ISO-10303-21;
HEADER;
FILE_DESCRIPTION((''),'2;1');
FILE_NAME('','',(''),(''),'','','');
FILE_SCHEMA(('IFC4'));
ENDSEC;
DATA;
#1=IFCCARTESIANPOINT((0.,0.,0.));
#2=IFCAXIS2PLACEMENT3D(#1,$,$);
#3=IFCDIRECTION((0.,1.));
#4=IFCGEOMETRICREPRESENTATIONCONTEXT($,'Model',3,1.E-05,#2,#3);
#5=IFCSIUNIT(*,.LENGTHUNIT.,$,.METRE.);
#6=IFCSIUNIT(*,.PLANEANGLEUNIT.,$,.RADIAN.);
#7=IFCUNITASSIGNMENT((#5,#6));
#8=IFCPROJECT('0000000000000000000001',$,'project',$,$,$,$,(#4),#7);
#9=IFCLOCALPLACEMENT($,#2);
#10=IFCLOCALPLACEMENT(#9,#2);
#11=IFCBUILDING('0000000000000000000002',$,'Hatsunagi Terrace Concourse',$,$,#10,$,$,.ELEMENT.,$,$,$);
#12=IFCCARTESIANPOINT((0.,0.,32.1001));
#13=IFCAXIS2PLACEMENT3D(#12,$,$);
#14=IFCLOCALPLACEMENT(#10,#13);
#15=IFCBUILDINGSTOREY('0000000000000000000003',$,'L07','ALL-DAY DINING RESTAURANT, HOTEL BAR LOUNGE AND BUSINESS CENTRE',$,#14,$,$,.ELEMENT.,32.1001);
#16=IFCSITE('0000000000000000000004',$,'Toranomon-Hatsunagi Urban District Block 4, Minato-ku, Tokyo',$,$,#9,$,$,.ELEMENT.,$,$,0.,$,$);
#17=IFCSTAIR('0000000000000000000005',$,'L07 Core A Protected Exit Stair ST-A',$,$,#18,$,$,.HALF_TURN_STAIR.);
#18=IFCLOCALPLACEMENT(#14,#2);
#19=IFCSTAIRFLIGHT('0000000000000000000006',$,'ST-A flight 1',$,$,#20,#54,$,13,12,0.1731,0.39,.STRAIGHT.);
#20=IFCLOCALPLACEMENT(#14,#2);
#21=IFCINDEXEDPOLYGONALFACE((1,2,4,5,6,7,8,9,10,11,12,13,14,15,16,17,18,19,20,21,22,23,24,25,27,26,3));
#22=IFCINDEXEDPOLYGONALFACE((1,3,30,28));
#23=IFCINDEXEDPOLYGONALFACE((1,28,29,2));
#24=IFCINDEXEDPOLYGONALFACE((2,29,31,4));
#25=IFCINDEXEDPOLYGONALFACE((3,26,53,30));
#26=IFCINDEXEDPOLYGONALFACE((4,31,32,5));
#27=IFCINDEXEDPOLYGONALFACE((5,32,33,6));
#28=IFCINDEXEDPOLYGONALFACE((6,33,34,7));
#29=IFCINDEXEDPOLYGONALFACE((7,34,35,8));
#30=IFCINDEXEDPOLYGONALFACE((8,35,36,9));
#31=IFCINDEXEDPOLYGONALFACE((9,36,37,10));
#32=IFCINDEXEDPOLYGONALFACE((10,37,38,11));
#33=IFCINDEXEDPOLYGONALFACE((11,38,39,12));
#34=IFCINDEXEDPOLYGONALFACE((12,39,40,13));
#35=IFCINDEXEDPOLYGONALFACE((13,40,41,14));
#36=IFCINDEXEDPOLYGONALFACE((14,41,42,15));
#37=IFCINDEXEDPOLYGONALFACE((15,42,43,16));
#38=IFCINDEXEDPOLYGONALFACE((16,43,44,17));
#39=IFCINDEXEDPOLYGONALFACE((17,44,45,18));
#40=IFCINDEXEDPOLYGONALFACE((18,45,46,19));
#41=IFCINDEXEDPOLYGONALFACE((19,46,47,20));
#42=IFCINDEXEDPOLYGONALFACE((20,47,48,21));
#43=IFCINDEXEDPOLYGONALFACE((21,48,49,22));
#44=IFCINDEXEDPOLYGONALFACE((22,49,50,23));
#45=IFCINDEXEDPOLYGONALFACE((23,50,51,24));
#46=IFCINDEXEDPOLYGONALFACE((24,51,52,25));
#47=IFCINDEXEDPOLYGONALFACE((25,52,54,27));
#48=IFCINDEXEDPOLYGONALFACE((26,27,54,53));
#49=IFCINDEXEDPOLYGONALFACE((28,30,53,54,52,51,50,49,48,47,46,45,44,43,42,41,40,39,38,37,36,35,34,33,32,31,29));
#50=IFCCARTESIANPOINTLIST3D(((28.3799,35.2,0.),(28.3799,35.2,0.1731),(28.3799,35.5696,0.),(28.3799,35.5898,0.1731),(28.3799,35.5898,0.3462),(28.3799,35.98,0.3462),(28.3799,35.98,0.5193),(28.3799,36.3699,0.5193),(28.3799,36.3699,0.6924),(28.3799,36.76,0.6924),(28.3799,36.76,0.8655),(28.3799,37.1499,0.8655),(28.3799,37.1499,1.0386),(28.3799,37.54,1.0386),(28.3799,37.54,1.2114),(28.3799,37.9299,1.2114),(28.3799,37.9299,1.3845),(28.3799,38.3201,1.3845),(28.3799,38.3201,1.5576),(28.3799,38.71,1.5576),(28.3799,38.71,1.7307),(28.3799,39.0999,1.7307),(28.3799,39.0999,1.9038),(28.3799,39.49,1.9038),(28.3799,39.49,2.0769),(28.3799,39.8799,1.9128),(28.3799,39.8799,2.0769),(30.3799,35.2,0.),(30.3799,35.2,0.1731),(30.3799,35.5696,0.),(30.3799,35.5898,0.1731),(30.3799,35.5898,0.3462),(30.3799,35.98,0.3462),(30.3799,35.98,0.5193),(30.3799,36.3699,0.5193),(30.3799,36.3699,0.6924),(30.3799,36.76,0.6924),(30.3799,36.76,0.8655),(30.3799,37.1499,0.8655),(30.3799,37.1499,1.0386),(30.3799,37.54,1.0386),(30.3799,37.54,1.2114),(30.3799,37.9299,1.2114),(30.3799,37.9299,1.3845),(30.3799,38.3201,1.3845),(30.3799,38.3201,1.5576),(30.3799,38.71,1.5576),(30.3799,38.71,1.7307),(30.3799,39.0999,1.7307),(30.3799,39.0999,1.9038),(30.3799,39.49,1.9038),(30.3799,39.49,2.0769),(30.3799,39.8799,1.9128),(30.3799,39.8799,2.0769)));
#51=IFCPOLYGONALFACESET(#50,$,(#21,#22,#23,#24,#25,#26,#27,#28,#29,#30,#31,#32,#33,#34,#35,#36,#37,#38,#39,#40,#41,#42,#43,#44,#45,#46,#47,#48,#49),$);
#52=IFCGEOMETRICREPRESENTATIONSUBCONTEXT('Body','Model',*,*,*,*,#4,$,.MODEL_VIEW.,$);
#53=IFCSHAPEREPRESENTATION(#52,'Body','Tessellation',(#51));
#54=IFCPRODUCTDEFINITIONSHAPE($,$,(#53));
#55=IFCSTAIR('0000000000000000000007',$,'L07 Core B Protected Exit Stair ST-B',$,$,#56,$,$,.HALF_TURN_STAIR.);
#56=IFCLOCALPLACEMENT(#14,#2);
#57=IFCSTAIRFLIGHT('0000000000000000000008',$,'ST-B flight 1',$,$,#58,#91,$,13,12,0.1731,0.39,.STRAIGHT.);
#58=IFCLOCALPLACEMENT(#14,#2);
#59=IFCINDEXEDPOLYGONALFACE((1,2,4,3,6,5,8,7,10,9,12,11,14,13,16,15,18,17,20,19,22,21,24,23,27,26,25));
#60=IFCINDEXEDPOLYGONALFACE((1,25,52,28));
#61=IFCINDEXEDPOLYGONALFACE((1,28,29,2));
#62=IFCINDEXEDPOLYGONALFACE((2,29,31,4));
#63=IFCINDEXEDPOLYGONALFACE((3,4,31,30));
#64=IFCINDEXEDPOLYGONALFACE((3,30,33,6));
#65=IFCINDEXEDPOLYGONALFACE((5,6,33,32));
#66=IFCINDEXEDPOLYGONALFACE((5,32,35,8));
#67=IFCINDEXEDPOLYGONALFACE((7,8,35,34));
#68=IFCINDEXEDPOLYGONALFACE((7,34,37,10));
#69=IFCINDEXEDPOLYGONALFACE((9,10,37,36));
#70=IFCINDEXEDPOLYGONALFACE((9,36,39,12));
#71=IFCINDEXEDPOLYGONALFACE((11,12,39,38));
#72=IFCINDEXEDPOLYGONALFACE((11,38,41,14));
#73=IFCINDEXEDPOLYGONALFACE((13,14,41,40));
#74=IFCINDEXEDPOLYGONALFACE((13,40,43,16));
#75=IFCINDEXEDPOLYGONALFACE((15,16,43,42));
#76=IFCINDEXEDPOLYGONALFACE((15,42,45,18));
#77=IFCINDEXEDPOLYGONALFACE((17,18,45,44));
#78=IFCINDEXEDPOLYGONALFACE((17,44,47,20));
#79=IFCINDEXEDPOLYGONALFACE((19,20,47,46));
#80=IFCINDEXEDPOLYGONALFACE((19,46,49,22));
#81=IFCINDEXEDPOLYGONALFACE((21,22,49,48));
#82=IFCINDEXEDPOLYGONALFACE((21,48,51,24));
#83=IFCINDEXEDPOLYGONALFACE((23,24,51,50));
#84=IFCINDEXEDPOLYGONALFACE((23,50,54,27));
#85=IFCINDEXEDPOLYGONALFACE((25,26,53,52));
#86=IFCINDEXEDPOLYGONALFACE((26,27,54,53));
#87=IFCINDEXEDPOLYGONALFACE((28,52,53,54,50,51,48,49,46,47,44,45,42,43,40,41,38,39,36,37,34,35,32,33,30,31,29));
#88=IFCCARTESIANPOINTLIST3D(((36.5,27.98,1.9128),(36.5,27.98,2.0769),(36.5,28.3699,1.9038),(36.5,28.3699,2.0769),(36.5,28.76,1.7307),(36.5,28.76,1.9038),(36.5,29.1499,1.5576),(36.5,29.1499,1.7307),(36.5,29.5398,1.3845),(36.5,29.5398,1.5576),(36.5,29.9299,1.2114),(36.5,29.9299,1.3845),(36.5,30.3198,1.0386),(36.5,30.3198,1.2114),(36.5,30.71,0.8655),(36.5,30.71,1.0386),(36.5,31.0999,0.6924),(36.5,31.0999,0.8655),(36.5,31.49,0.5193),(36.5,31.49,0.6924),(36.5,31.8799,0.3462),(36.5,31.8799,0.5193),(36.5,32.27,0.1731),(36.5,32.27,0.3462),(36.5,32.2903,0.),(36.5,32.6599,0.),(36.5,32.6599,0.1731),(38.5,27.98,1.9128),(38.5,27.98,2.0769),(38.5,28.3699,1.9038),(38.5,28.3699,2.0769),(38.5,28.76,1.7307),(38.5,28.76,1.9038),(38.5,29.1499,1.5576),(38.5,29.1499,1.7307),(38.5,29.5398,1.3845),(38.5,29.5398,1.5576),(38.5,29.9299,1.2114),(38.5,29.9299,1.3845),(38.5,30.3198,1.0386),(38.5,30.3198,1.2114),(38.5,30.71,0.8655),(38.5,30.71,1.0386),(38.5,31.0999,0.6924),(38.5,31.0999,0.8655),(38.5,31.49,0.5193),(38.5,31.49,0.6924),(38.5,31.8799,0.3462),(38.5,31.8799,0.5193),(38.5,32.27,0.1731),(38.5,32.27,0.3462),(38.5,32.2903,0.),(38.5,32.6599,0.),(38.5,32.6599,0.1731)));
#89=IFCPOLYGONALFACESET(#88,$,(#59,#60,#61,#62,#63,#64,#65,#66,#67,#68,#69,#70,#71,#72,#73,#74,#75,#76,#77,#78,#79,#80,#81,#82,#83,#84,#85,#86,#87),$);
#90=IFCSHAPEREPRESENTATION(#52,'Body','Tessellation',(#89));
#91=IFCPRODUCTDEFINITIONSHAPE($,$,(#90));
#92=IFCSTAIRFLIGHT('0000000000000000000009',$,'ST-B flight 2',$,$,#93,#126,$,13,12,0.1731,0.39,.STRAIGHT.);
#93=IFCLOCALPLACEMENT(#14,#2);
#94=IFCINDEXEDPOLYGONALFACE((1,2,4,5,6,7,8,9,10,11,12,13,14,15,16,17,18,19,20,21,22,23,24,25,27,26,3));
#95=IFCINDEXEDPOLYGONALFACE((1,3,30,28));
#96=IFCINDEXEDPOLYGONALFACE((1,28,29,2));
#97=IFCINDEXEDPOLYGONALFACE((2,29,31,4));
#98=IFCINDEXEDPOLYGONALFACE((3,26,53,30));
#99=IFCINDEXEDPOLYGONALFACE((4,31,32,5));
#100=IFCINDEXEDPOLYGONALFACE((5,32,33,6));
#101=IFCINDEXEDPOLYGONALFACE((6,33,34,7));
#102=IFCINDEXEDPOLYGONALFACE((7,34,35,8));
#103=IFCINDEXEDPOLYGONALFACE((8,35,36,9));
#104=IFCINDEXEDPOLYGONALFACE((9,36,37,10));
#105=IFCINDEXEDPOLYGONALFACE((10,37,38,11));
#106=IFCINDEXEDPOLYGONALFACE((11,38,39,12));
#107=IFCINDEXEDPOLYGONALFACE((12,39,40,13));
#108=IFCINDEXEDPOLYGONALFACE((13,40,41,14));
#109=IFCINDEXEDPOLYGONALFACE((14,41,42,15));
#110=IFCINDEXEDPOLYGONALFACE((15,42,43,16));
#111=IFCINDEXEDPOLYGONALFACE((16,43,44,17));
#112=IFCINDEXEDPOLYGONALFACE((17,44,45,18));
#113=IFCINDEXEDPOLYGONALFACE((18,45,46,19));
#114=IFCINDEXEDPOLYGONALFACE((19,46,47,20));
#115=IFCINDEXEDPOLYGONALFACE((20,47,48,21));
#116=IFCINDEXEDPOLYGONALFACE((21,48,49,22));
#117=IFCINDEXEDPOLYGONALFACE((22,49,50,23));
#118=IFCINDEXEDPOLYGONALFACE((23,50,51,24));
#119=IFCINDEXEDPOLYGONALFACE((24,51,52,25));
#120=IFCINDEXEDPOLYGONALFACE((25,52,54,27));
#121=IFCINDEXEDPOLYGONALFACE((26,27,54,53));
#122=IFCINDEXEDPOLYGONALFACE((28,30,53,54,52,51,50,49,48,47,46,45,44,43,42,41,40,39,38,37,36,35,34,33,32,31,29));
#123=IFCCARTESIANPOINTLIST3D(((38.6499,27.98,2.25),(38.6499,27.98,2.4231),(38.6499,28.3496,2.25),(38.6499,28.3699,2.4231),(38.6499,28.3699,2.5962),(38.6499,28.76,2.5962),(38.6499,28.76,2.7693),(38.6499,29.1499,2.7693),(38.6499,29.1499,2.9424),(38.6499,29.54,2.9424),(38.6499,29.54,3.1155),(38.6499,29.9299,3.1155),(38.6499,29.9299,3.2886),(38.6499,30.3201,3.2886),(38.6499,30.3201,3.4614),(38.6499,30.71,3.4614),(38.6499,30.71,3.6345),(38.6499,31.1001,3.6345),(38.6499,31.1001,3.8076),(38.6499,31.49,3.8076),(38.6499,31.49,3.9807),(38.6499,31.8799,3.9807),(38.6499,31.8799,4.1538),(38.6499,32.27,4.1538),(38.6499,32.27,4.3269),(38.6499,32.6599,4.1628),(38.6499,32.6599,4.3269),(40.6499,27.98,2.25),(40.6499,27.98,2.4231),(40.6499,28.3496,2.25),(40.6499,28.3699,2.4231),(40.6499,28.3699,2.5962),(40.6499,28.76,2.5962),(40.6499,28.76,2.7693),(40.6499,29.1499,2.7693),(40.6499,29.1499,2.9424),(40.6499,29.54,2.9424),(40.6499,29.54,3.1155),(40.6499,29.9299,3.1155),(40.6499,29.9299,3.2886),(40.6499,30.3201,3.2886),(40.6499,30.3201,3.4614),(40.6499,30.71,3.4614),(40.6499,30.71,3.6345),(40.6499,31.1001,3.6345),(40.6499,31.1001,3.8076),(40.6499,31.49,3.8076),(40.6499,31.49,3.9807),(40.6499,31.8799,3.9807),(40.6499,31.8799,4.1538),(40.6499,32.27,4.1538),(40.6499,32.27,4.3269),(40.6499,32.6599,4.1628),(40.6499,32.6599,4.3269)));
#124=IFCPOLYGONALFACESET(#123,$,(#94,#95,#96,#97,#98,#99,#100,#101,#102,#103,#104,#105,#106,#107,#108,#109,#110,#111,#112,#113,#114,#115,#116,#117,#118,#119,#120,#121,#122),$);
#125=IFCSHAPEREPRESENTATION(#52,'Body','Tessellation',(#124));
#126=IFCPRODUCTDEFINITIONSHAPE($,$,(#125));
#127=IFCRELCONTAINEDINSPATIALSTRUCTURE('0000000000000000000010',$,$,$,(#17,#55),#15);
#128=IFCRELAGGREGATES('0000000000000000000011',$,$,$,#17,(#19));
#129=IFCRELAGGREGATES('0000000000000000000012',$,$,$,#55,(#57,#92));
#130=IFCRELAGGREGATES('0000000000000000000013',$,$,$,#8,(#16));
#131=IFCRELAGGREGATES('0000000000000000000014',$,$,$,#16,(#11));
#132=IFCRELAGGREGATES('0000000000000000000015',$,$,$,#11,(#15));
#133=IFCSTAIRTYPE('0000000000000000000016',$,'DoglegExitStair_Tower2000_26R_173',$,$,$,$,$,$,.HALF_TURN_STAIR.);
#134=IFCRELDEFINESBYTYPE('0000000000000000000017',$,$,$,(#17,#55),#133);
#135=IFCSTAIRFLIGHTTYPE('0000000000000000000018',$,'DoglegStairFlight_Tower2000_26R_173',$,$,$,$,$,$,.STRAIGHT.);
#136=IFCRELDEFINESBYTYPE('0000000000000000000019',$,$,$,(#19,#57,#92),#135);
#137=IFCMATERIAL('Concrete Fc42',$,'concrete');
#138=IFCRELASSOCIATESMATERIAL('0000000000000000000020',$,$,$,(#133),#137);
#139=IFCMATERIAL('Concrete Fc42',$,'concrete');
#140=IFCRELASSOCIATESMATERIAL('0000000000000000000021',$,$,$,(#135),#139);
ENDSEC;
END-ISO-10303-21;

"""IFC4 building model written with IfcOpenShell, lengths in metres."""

from ifc_helpers import new_model, si_unit, direction, frame, origin, place, context, subcontext, project, spatial, polyline, outline, extrude, material, type_object, element, aggregate, save


model = new_model("IFC4")

# Units and contexts
model_context = context("Model", 3, precision=1e-05, world=origin(), true_north=direction((0.0, 1.0)))
body_context = subcontext(model_context, "Body", "Model", "MODEL_VIEW")
ifc_project = project(units=[si_unit("LENGTHUNIT", "METRE"), si_unit("PLANEANGLEUNIT", "RADIAN")], contexts=[model_context])

# Site, building, storey
site_placement = place(None, origin())
site = spatial("IfcSite", under=ifc_project, at=site_placement, Name="Toranomon-Hatsunagi Urban District Block 4, Minato-ku, Tokyo", CompositionType="ELEMENT", RefElevation=0.0)
building_placement = place(site_placement, origin())
building = spatial("IfcBuilding", under=site, at=building_placement, Name="Hatsunagi Terrace Concourse", CompositionType="ELEMENT")
storey_placement = place(building_placement, frame((0.0, 0.0, 32.1001)))
storey = spatial("IfcBuildingStorey", under=building, at=storey_placement, Name="L07", Description="ALL-DAY DINING RESTAURANT, HOTEL BAR LOUNGE AND BUSINESS CENTRE", CompositionType="ELEMENT", Elevation=32.1001)

# Stair, stair flight
ifc_material_1 = material(Name="Concrete Fc42", Category="concrete")
stair_type = type_object("IfcStairType", Name="DoglegExitStair_Tower2000_26R_173", PredefinedType="HALF_TURN_STAIR", material=ifc_material_1)
stair_1_placement = place(storey_placement, origin())
stair_1 = element("IfcStair", 1, at=stair_1_placement, inside=storey, type_object=stair_type, Name="L07 Core A Protected Exit Stair ST-A", PredefinedType="HALF_TURN_STAIR")
ifc_material_2 = material(Name="Concrete Fc42", Category="concrete")
stair_flight_type = type_object("IfcStairFlightType", Name="DoglegStairFlight_Tower2000_26R_173", PredefinedType="STRAIGHT", material=ifc_material_2)
stair_flight_1_placement = place(storey_placement, frame((29.3799, 35.2, 0.0), z_axis=(0.0, 0.0, 1.0), x_axis=(0.0, 1.0, 0.0)))
stair_flight_1 = element("IfcStairFlight", 2, at=stair_flight_1_placement, type_object=stair_flight_type, Name="ST-A flight 1", NumberOfRisers=13, NumberOfTreads=12, PredefinedType="STRAIGHT", RiserHeight=0.1731, TreadLength=0.39, context=body_context, shape_type="SweptSolid", body=[
    extrude(outline(polyline([(0.0, 0.0), (0.0, 0.1731), (0.3899, 0.1731), (0.3899, 0.3462), (0.78, 0.3462), (0.78, 0.5193), (1.1699, 0.5193), (1.1699, 0.6924), (1.5601, 0.6924), (1.5601, 0.8655), (1.95, 0.8655), (1.95, 1.0386), (2.3401, 1.0386), (2.3401, 1.2114), (2.73, 1.2114), (2.73, 1.3845), (3.1201, 1.3845), (3.1201, 1.5576), (3.51, 1.5576), (3.51, 1.7307), (3.8999, 1.7307), (3.8999, 1.9038), (4.29, 1.9038), (4.29, 2.0769), (4.6799, 2.0769), (4.6799, 2.25), (4.6799, 1.9128), (0.3696, 0.0), (0.0, 0.0)])), frame((0.0, 1.0, 0.0), z_axis=(0.0, -1.0, 0.0), x_axis=(1.0, 0.0, 0.0)), (0.0, 0.0, 1.0), 2.0),
])
aggregate(stair_1, [stair_flight_1])

# Stair, stair flights
stair_2_placement = place(storey_placement, origin())
stair_2 = element("IfcStair", 3, at=stair_2_placement, inside=storey, type_object=stair_type, Name="L07 Core B Protected Exit Stair ST-B", PredefinedType="HALF_TURN_STAIR")
stair_flight_2_placement = place(storey_placement, frame((37.5, 32.6599, 0.0), z_axis=(0.0, 0.0, 1.0), x_axis=(0.0, -1.0, 0.0)))
stair_flight_2 = element("IfcStairFlight", 4, at=stair_flight_2_placement, type_object=stair_flight_type, Name="ST-B flight 1", NumberOfRisers=13, NumberOfTreads=12, PredefinedType="STRAIGHT", RiserHeight=0.1731, TreadLength=0.39, context=body_context, shape_type="SweptSolid", body=[
    extrude(outline(polyline([(0.0, 0.0), (0.0, 0.1731), (0.3899, 0.1731), (0.3899, 0.3462), (0.78, 0.3462), (0.78, 0.5193), (1.1699, 0.5193), (1.1699, 0.6924), (1.5601, 0.6924), (1.5601, 0.8655), (1.95, 0.8655), (1.95, 1.0386), (2.3401, 1.0386), (2.3401, 1.2114), (2.73, 1.2114), (2.73, 1.3845), (3.1201, 1.3845), (3.1201, 1.5576), (3.51, 1.5576), (3.51, 1.7307), (3.8999, 1.7307), (3.8999, 1.9038), (4.29, 1.9038), (4.29, 2.0769), (4.6799, 2.0769), (4.6799, 2.25), (4.6799, 1.9128), (0.3696, 0.0), (0.0, 0.0)])), frame((0.0, 1.0, 0.0), z_axis=(0.0, -1.0, 0.0), x_axis=(1.0, 0.0, 0.0)), (0.0, 0.0, 1.0), 2.0),
])
stair_flight_3_placement = place(storey_placement, frame((39.6499, 27.98, 2.25), z_axis=(0.0, 0.0, 1.0), x_axis=(0.0, 1.0, 0.0)))
stair_flight_3 = element("IfcStairFlight", 5, at=stair_flight_3_placement, type_object=stair_flight_type, Name="ST-B flight 2", NumberOfRisers=13, NumberOfTreads=12, PredefinedType="STRAIGHT", RiserHeight=0.1731, TreadLength=0.39, context=body_context, shape_type="SweptSolid", body=[
    extrude(outline(polyline([(0.0, 0.0), (0.0, 0.1731), (0.3899, 0.1731), (0.3899, 0.3462), (0.78, 0.3462), (0.78, 0.5193), (1.1699, 0.5193), (1.1699, 0.6924), (1.5601, 0.6924), (1.5601, 0.8655), (1.95, 0.8655), (1.95, 1.0386), (2.3401, 1.0386), (2.3401, 1.2114), (2.73, 1.2114), (2.73, 1.3845), (3.1201, 1.3845), (3.1201, 1.5576), (3.51, 1.5576), (3.51, 1.7307), (3.8999, 1.7307), (3.8999, 1.9038), (4.29, 1.9038), (4.29, 2.0769), (4.6799, 2.0769), (4.6799, 2.25), (4.6799, 1.9128), (0.3696, 0.0), (0.0, 0.0)])), frame((0.0, 1.0, 0.0), z_axis=(0.0, -1.0, 0.0), x_axis=(1.0, 0.0, 0.0)), (0.0, 0.0, 1.0), 2.0),
])
aggregate(stair_2, [stair_flight_2, stair_flight_3])

save(model, "model.ifc")
